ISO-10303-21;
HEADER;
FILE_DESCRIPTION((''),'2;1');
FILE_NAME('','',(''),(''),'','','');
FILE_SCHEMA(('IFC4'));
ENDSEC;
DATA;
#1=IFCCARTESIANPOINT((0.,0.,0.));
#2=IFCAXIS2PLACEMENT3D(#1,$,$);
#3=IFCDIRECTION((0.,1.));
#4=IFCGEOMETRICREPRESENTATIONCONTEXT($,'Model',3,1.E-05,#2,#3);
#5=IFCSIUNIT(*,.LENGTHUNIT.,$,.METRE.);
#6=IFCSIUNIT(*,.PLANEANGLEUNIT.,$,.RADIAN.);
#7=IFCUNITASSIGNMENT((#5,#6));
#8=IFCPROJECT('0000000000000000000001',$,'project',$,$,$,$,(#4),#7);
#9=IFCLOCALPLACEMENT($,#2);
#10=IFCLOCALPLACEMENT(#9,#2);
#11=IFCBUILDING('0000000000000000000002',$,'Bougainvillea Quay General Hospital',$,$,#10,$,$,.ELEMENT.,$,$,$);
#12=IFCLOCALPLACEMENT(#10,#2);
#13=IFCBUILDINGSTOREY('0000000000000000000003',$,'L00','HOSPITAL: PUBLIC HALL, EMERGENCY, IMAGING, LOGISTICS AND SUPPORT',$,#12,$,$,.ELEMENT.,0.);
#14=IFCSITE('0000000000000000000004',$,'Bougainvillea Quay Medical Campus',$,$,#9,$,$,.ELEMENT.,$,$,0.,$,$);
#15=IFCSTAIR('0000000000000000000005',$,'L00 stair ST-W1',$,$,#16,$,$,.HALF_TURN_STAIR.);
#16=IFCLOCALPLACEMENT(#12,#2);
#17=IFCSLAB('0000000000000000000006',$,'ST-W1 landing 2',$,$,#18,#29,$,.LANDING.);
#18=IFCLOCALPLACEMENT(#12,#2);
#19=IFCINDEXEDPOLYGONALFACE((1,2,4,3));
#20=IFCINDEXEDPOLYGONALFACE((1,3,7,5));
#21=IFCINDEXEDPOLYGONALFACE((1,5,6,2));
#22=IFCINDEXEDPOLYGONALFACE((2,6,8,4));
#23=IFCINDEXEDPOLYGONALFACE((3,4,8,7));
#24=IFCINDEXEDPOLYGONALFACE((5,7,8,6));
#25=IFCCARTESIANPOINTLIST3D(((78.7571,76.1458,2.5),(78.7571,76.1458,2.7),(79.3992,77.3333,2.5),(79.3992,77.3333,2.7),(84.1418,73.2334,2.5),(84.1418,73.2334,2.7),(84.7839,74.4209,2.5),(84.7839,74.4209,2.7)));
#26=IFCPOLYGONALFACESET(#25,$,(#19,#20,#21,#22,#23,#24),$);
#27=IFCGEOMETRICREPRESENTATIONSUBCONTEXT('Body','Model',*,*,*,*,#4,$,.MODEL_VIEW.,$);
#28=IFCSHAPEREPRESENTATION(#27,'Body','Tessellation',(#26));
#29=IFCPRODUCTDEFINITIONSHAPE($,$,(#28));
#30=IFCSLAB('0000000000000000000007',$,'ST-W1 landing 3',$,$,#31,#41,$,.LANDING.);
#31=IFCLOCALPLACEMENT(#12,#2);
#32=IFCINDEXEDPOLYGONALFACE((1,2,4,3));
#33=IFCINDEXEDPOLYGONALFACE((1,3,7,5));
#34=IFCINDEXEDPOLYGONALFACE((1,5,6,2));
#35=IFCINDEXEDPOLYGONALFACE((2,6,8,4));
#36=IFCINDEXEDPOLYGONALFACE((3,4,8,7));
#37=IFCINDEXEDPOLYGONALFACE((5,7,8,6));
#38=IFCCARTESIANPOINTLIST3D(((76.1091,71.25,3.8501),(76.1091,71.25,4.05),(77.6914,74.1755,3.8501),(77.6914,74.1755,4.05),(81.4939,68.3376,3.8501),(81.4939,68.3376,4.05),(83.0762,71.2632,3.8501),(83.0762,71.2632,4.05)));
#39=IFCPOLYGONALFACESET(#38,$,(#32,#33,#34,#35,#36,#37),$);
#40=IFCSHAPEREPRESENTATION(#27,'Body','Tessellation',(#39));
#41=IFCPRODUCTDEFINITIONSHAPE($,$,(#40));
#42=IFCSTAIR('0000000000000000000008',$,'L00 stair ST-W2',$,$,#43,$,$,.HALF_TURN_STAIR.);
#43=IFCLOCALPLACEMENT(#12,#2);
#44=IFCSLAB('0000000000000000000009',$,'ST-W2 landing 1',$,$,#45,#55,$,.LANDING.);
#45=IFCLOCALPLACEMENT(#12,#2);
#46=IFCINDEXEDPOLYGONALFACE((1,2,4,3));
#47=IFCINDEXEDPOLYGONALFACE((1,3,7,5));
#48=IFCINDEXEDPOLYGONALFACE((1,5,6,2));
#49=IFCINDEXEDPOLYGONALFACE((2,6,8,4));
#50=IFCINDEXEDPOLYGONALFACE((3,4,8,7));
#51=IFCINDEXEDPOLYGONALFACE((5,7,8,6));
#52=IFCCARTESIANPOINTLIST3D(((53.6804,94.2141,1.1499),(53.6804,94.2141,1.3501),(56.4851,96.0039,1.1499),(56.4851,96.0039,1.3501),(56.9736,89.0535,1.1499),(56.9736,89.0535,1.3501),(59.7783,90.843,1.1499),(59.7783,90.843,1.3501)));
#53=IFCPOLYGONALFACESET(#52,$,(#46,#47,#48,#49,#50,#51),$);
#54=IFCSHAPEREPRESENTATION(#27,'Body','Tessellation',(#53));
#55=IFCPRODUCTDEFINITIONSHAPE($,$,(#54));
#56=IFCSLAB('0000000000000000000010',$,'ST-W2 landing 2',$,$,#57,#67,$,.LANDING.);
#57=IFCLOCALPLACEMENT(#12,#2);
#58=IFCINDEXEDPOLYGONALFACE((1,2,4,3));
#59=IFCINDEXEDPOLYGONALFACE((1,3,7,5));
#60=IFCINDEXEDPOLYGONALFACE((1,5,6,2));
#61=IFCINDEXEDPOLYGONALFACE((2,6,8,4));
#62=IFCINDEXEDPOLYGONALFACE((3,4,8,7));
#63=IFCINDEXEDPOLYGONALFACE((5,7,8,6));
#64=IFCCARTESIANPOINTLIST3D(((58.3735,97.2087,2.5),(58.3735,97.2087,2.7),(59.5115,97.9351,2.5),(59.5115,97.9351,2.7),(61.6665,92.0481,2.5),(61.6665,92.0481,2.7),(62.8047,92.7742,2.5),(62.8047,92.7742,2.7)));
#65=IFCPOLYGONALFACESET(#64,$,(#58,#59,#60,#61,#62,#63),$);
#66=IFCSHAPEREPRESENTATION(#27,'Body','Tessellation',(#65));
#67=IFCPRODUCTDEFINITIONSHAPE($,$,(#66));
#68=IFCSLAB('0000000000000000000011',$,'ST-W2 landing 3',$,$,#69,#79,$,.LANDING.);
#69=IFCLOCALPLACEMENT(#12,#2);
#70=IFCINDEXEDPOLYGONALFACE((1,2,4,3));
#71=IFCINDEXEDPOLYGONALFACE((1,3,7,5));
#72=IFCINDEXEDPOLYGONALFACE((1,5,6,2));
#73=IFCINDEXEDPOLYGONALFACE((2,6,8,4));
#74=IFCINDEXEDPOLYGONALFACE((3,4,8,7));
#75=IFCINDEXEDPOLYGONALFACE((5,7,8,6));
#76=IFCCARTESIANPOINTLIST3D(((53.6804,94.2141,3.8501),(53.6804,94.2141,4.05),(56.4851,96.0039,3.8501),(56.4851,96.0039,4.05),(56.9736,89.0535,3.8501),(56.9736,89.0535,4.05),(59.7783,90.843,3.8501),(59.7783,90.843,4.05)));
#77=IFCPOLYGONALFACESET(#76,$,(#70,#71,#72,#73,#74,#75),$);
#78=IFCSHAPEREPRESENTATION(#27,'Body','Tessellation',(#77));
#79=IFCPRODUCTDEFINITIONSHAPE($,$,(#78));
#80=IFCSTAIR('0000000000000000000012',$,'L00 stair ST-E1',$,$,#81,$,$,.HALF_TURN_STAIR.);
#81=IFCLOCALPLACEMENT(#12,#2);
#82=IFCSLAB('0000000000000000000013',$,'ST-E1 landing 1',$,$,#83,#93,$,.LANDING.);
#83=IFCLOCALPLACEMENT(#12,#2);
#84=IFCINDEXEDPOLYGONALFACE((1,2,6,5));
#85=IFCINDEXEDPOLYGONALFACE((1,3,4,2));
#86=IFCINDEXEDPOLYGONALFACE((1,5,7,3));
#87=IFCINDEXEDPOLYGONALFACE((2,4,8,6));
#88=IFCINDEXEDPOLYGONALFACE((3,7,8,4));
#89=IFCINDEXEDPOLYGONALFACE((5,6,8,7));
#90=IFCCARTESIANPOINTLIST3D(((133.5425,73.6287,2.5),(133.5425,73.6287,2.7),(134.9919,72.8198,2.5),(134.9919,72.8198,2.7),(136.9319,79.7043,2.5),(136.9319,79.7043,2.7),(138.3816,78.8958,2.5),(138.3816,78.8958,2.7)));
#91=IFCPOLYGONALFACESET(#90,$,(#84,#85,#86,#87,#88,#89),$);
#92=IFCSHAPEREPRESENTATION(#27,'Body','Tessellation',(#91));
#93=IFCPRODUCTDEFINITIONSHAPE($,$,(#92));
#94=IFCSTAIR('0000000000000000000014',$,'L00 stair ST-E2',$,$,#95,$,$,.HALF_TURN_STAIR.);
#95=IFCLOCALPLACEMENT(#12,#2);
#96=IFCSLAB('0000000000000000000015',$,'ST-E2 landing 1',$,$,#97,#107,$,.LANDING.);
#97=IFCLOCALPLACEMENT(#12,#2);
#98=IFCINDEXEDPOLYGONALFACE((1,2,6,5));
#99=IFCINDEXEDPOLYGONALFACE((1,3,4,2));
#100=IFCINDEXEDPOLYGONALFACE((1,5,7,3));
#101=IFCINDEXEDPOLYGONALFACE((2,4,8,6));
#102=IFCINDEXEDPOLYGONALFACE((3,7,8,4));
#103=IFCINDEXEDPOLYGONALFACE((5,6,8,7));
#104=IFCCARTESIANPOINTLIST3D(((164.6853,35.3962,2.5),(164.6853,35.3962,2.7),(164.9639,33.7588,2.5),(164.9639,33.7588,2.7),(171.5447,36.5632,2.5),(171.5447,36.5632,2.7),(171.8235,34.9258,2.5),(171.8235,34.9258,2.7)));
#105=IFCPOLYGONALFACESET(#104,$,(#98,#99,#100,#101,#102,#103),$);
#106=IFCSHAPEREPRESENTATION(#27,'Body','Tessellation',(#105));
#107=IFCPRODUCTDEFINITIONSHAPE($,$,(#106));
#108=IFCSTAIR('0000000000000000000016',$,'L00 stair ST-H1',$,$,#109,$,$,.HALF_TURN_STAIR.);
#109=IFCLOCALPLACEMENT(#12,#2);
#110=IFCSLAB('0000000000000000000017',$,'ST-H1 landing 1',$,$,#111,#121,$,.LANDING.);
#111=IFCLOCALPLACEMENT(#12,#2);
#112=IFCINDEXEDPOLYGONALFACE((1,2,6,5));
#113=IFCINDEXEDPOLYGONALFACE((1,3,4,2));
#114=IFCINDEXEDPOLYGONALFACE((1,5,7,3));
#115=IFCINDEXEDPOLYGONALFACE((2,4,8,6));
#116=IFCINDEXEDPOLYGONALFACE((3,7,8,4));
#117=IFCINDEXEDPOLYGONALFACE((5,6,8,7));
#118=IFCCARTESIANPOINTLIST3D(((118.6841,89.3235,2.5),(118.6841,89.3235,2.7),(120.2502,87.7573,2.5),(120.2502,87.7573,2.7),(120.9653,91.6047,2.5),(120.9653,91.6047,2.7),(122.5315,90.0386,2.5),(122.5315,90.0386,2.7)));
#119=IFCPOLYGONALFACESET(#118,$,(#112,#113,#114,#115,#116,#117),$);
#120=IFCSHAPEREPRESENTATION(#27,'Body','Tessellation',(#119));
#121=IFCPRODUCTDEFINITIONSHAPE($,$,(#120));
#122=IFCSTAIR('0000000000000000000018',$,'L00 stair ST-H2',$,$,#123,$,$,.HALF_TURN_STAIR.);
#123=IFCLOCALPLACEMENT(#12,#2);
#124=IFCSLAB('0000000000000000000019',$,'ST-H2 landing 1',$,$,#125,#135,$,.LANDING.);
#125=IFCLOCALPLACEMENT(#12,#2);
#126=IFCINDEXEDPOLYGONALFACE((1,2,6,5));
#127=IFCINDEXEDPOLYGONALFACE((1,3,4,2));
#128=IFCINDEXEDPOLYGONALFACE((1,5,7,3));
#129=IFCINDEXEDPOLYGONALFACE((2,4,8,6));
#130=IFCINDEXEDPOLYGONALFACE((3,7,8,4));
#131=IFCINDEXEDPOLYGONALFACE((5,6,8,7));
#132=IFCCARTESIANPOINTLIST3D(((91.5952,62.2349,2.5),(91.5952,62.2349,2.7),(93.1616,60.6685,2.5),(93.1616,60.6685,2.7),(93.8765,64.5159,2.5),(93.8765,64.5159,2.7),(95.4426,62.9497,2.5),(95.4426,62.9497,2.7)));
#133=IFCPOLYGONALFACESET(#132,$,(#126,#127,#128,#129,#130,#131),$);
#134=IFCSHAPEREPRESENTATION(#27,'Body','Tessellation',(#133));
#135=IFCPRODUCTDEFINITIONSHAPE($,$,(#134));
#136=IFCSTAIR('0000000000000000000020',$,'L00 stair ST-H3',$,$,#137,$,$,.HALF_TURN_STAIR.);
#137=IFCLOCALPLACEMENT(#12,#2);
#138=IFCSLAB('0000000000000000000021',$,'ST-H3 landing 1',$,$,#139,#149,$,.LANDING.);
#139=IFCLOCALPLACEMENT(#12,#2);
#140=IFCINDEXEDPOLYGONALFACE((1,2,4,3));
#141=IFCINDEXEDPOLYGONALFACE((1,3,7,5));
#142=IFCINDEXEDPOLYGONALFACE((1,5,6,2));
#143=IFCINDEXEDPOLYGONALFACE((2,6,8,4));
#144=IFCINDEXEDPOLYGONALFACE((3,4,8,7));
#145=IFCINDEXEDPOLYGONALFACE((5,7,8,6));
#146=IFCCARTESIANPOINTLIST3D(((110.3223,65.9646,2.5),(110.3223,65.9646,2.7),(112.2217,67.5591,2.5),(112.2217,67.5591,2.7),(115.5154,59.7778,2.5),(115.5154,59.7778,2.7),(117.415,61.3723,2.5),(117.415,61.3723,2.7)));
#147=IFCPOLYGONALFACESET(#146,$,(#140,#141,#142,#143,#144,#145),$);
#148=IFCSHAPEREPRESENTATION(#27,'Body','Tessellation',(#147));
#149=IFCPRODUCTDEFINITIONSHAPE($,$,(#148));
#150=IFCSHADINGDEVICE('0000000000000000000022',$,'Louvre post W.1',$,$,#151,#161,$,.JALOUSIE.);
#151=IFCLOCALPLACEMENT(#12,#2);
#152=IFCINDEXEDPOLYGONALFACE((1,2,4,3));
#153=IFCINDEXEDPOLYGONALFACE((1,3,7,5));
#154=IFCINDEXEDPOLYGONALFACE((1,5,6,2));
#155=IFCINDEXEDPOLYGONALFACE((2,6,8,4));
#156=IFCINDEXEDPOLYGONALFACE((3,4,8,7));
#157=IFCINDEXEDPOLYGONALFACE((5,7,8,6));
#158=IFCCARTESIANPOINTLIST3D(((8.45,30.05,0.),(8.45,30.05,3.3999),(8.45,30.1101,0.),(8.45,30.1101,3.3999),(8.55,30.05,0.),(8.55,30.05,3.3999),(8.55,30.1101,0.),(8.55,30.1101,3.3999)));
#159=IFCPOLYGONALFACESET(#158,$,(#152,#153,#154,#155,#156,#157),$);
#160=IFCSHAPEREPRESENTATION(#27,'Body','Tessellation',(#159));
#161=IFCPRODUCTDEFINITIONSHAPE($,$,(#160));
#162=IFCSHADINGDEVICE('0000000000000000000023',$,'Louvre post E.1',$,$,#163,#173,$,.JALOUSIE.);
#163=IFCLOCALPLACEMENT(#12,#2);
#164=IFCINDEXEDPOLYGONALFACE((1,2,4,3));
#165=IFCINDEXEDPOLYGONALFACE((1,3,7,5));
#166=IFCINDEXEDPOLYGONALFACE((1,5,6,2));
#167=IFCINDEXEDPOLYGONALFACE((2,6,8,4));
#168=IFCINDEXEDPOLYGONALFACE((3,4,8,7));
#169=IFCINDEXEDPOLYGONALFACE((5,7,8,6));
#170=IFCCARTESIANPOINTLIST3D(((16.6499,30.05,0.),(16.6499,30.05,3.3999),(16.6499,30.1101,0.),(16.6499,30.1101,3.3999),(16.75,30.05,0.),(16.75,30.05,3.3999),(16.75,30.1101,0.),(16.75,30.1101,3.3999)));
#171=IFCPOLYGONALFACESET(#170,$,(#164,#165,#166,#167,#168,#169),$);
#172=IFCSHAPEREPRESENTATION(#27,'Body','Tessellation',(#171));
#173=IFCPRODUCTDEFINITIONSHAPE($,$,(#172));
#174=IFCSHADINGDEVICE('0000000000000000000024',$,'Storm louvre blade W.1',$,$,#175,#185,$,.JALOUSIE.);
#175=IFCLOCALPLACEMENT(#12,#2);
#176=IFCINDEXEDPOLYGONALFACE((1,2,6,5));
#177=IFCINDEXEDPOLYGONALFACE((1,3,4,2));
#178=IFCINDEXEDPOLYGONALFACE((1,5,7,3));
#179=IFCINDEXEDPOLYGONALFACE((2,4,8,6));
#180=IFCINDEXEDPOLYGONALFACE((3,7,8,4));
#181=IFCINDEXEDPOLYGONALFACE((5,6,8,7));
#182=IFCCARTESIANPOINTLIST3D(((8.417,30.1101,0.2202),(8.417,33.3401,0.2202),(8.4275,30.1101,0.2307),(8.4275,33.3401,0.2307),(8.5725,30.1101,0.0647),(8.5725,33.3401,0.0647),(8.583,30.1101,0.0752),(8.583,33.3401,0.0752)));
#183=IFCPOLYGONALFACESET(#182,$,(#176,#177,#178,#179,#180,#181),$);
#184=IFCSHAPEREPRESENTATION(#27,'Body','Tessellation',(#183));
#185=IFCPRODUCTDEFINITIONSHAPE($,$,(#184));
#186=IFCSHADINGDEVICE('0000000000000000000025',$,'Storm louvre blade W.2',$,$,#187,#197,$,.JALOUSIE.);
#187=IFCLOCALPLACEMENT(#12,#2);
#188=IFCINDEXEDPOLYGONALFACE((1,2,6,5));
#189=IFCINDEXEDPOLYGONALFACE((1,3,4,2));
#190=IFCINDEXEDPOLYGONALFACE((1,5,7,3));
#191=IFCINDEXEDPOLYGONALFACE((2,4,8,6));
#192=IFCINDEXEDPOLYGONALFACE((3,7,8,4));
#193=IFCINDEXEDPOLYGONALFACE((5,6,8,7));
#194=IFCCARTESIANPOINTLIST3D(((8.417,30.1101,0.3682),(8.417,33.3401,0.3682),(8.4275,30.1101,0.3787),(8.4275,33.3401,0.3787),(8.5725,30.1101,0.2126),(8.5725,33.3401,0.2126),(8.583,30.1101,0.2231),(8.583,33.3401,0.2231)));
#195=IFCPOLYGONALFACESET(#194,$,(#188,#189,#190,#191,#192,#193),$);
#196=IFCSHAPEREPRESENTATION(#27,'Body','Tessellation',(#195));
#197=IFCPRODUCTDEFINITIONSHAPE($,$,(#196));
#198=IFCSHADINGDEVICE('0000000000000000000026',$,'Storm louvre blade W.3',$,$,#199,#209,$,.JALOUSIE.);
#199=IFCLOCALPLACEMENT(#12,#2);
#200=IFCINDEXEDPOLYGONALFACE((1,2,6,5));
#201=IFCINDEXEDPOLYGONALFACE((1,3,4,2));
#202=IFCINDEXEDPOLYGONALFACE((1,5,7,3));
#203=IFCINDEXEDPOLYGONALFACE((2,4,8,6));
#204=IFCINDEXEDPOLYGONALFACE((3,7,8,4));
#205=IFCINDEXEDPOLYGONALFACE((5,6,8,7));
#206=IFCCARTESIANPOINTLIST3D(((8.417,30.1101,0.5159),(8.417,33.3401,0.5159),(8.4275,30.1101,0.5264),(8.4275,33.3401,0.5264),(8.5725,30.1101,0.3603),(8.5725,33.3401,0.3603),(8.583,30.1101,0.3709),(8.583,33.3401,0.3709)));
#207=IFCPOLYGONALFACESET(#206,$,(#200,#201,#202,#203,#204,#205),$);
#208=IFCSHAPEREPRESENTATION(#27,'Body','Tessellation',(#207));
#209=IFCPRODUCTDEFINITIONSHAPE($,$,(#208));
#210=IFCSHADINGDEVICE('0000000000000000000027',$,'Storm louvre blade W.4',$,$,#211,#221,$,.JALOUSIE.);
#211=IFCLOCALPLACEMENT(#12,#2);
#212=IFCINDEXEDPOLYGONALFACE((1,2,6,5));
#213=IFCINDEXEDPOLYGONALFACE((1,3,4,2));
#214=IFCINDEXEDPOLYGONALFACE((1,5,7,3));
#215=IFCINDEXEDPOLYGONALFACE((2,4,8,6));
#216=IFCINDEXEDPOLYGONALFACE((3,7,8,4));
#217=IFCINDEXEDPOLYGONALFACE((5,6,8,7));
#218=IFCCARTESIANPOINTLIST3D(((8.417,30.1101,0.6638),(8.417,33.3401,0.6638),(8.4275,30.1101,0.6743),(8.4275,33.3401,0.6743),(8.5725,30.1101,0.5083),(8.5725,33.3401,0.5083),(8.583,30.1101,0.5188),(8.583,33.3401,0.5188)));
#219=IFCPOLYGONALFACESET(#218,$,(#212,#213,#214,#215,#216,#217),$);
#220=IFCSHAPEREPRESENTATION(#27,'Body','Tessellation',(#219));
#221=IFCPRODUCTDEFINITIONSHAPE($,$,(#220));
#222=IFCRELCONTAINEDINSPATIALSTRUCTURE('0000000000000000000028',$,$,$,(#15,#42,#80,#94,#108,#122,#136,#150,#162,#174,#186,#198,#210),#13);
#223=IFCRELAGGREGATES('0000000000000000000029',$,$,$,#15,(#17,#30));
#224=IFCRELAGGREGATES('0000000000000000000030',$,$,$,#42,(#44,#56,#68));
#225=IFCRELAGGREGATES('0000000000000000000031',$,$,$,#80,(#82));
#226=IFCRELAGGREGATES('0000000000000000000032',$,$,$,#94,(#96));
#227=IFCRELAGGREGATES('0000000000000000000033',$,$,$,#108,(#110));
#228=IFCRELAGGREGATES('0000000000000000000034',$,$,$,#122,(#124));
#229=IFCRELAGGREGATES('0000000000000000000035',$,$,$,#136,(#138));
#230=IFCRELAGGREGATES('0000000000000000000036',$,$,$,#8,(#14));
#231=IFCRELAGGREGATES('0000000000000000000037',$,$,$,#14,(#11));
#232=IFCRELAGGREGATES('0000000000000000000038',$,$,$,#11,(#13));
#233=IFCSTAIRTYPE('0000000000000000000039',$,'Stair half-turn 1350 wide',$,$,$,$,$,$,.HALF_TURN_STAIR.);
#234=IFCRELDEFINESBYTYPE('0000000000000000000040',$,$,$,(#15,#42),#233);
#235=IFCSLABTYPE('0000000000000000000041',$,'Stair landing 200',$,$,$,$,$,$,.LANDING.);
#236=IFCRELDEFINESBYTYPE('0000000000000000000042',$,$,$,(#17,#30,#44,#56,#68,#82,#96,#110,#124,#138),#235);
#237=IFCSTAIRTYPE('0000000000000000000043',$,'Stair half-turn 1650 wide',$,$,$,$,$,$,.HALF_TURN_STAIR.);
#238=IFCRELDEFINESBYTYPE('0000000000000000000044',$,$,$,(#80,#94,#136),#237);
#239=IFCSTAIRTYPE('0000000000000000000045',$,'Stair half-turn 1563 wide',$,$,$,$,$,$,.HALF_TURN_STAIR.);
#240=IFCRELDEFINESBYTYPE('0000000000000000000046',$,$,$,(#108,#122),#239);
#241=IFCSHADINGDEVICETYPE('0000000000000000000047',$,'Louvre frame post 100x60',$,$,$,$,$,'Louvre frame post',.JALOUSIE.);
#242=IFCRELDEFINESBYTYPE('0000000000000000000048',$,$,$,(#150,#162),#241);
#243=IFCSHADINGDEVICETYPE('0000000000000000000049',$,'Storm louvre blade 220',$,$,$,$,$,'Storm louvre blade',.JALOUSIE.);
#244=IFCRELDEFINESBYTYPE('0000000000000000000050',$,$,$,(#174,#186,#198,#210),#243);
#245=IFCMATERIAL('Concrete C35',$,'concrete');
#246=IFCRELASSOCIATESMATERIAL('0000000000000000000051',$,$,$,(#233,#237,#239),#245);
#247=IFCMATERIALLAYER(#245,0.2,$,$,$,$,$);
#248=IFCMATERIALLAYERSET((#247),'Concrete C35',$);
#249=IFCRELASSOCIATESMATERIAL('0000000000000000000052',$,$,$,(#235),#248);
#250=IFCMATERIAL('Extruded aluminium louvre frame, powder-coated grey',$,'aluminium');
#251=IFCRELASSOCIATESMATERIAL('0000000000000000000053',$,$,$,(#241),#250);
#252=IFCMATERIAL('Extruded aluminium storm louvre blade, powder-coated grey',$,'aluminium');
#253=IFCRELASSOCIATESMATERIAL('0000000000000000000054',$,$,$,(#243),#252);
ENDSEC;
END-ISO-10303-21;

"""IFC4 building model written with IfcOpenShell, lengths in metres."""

from ifc_helpers import new_model, si_unit, direction, frame, origin, origin_2d, place, context, subcontext, project, spatial, polyline, rectangle, outline, extrude, material, layer, layer_set, material_profile, profile_set, type_object, element, aggregate, save


model = new_model("IFC4")

# Units and contexts
model_context = context("Model", 3, precision=1e-05, world=origin(), true_north=direction((0.0, 1.0)))
body_context = subcontext(model_context, "Body", "Model", "MODEL_VIEW")
ifc_project = project(units=[si_unit("LENGTHUNIT", "METRE"), si_unit("PLANEANGLEUNIT", "RADIAN")], contexts=[model_context])

# Site, building, storey
site_placement = place(None, origin())
site = spatial("IfcSite", under=ifc_project, at=site_placement, Name="Bougainvillea Quay Medical Campus", CompositionType="ELEMENT", RefElevation=0.0)
building_placement = place(site_placement, origin())
building = spatial("IfcBuilding", under=site, at=building_placement, Name="Bougainvillea Quay General Hospital", CompositionType="ELEMENT")
storey_placement = place(building_placement, origin())
storey = spatial("IfcBuildingStorey", under=building, at=storey_placement, Name="L00", Description="HOSPITAL: PUBLIC HALL, EMERGENCY, IMAGING, LOGISTICS AND SUPPORT", CompositionType="ELEMENT", Elevation=0.0)

# Stairs, slabs
ifc_material_1 = material(Name="Concrete C35", Category="concrete")
stair_type_1 = type_object("IfcStairType", Name="Stair half-turn 1350 wide", PredefinedType="HALF_TURN_STAIR", material=ifc_material_1)
stair_1_placement = place(storey_placement, origin())
stair_1 = element("IfcStair", 1, at=stair_1_placement, inside=storey, type_object=stair_type_1, Name="L00 stair ST-W1", PredefinedType="HALF_TURN_STAIR")
ifc_layer = layer(ifc_material_1, 0.2)
ifc_layer_set = layer_set([ifc_layer], Name="Concrete C35")
slab_type = type_object("IfcSlabType", Name="Stair landing 200", PredefinedType="LANDING", material=ifc_layer_set)
slab_1_placement = place(storey_placement, frame((0.0, 0.0, 2.5)))
slab_1 = element("IfcSlab", 2, at=slab_1_placement, type_object=slab_type, Name="ST-W1 landing 2", PredefinedType="LANDING", context=body_context, shape_type="SweptSolid", body=[
    extrude(outline(polyline([(79.3992, 77.3333), (78.7571, 76.1458), (84.1418, 73.2334), (84.7839, 74.4209), (79.3992, 77.3333)])), origin(), (0.0, 0.0, 1.0), 0.2),
])
slab_2_placement = place(storey_placement, frame((0.0, 0.0, 3.8501)))
slab_2 = element("IfcSlab", 3, at=slab_2_placement, type_object=slab_type, Name="ST-W1 landing 3", PredefinedType="LANDING", context=body_context, shape_type="SweptSolid", body=[
    extrude(outline(polyline([(77.6914, 74.1755), (76.1091, 71.25), (81.4939, 68.3376), (83.0762, 71.2632), (77.6914, 74.1755)])), origin(), (0.0, 0.0, 1.0), 0.2),
])
aggregate(stair_1, [slab_1, slab_2])
stair_2_placement = place(storey_placement, origin())
stair_2 = element("IfcStair", 4, at=stair_2_placement, inside=storey, type_object=stair_type_1, Name="L00 stair ST-W2", PredefinedType="HALF_TURN_STAIR")
slab_3_placement = place(storey_placement, frame((0.0, 0.0, 1.1499)))
slab_3 = element("IfcSlab", 5, at=slab_3_placement, type_object=slab_type, Name="ST-W2 landing 1", PredefinedType="LANDING", context=body_context, shape_type="SweptSolid", body=[
    extrude(outline(polyline([(56.4851, 96.0039), (53.6804, 94.2141), (56.9736, 89.0535), (59.7783, 90.843), (56.4851, 96.0039)])), origin(), (0.0, 0.0, 1.0), 0.2002),
])
slab_4_placement = place(storey_placement, frame((0.0, 0.0, 2.5)))
slab_4 = element("IfcSlab", 6, at=slab_4_placement, type_object=slab_type, Name="ST-W2 landing 2", PredefinedType="LANDING", context=body_context, shape_type="SweptSolid", body=[
    extrude(outline(polyline([(59.5115, 97.9351), (58.3735, 97.2087), (61.6665, 92.0481), (62.8047, 92.7742), (59.5115, 97.9351)])), origin(), (0.0, 0.0, 1.0), 0.2),
])
slab_5_placement = place(storey_placement, frame((0.0, 0.0, 3.8501)))
slab_5 = element("IfcSlab", 7, at=slab_5_placement, type_object=slab_type, Name="ST-W2 landing 3", PredefinedType="LANDING", context=body_context, shape_type="SweptSolid", body=[
    extrude(outline(polyline([(56.4851, 96.0039), (53.6804, 94.2141), (56.9736, 89.0535), (59.7783, 90.843), (56.4851, 96.0039)])), origin(), (0.0, 0.0, 1.0), 0.2),
])
aggregate(stair_2, [slab_3, slab_4, slab_5])

# Stairs, slabs
stair_type_2 = type_object("IfcStairType", Name="Stair half-turn 1650 wide", PredefinedType="HALF_TURN_STAIR", material=ifc_material_1)
stair_3_placement = place(storey_placement, origin())
stair_3 = element("IfcStair", 8, at=stair_3_placement, inside=storey, type_object=stair_type_2, Name="L00 stair ST-E1", PredefinedType="HALF_TURN_STAIR")
slab_6_placement = place(storey_placement, frame((0.0, 0.0, 2.5)))
slab_6 = element("IfcSlab", 9, at=slab_6_placement, type_object=slab_type, Name="ST-E1 landing 1", PredefinedType="LANDING", context=body_context, shape_type="SweptSolid", body=[
    extrude(outline(polyline([(138.3816, 78.8958), (136.9319, 79.7043), (133.5425, 73.6287), (134.9919, 72.8198), (138.3816, 78.8958)])), origin(), (0.0, 0.0, 1.0), 0.2),
])
aggregate(stair_3, [slab_6])
stair_4_placement = place(storey_placement, origin())
stair_4 = element("IfcStair", 10, at=stair_4_placement, inside=storey, type_object=stair_type_2, Name="L00 stair ST-E2", PredefinedType="HALF_TURN_STAIR")
slab_7_placement = place(storey_placement, frame((0.0, 0.0, 2.5)))
slab_7 = element("IfcSlab", 11, at=slab_7_placement, type_object=slab_type, Name="ST-E2 landing 1", PredefinedType="LANDING", context=body_context, shape_type="SweptSolid", body=[
    extrude(outline(polyline([(171.8235, 34.9258), (171.5447, 36.5632), (164.6853, 35.3962), (164.9639, 33.7588), (171.8235, 34.9258)])), origin(), (0.0, 0.0, 1.0), 0.2),
])
aggregate(stair_4, [slab_7])
stair_type_3 = type_object("IfcStairType", Name="Stair half-turn 1563 wide", PredefinedType="HALF_TURN_STAIR", material=ifc_material_1)
stair_5_placement = place(storey_placement, origin())
stair_5 = element("IfcStair", 12, at=stair_5_placement, inside=storey, type_object=stair_type_3, Name="L00 stair ST-H1", PredefinedType="HALF_TURN_STAIR")
slab_8_placement = place(storey_placement, frame((0.0, 0.0, 2.5)))
slab_8 = element("IfcSlab", 13, at=slab_8_placement, type_object=slab_type, Name="ST-H1 landing 1", PredefinedType="LANDING", context=body_context, shape_type="SweptSolid", body=[
    extrude(outline(polyline([(122.5315, 90.0386), (120.9653, 91.6047), (118.6841, 89.3235), (120.2502, 87.7573), (122.5315, 90.0386)])), origin(), (0.0, 0.0, 1.0), 0.2),
])
aggregate(stair_5, [slab_8])
stair_6_placement = place(storey_placement, origin())
stair_6 = element("IfcStair", 14, at=stair_6_placement, inside=storey, type_object=stair_type_3, Name="L00 stair ST-H2", PredefinedType="HALF_TURN_STAIR")
slab_9_placement = place(storey_placement, frame((0.0, 0.0, 2.5)))
slab_9 = element("IfcSlab", 15, at=slab_9_placement, type_object=slab_type, Name="ST-H2 landing 1", PredefinedType="LANDING", context=body_context, shape_type="SweptSolid", body=[
    extrude(outline(polyline([(95.4426, 62.9497), (93.8765, 64.5159), (91.5952, 62.2349), (93.1616, 60.6685), (95.4426, 62.9497)])), origin(), (0.0, 0.0, 1.0), 0.2),
])
aggregate(stair_6, [slab_9])
stair_7_placement = place(storey_placement, origin())
stair_7 = element("IfcStair", 16, at=stair_7_placement, inside=storey, type_object=stair_type_2, Name="L00 stair ST-H3", PredefinedType="HALF_TURN_STAIR")
slab_10_placement = place(storey_placement, frame((0.0, 0.0, 2.5)))
slab_10 = element("IfcSlab", 17, at=slab_10_placement, type_object=slab_type, Name="ST-H3 landing 1", PredefinedType="LANDING", context=body_context, shape_type="SweptSolid", body=[
    extrude(outline(polyline([(112.2217, 67.5591), (110.3223, 65.9646), (115.5154, 59.7778), (117.415, 61.3723), (112.2217, 67.5591)])), origin(), (0.0, 0.0, 1.0), 0.2),
])
aggregate(stair_7, [slab_10])

# Shading devices
ifc_material_2 = material(Name="Extruded aluminium louvre frame, powder-coated grey", Category="aluminium")
ifc_material_profile_1 = material_profile(ifc_material_2, rectangle(XDim=0.1001, YDim=0.0601, at=origin_2d()))
ifc_profile_set_1 = profile_set([ifc_material_profile_1], Name="Extruded aluminium louvre frame, powder-coated grey")
shading_device_type_1 = type_object("IfcShadingDeviceType", Name="Louvre frame post 100x60", ElementType="Louvre frame post", PredefinedType="JALOUSIE", material=ifc_profile_set_1)
for number, where, z_axis, x_axis, name in (
    (18, (8.5, 30.0801, 0.0), (0.0, 0.0, 1.0), (-1.0, 0.0, 0.0), "Louvre post W.1"),
    (19, (16.7, 30.0801, 0.0), (0.0, 0.0, 1.0), (-1.0, 0.0, 0.0), "Louvre post E.1"),
):
    element("IfcShadingDevice", number, at=place(storey_placement, frame(where, z_axis=z_axis, x_axis=x_axis)), inside=storey, type_object=shading_device_type_1, Name=name, PredefinedType="JALOUSIE", context=body_context, shape_type="SweptSolid", body=[
        extrude(rectangle(XDim=0.1001, YDim=0.0601, at=origin_2d()), origin(), (0.0, 0.0, 1.0), 3.3999),
    ])
ifc_material_3 = material(Name="Extruded aluminium storm louvre blade, powder-coated grey", Category="aluminium")
ifc_material_profile_2 = material_profile(ifc_material_3, rectangle(XDim=0.22, YDim=0.0149, at=origin_2d()))
ifc_profile_set_2 = profile_set([ifc_material_profile_2], Name="Extruded aluminium storm louvre blade, powder-coated grey")
shading_device_type_2 = type_object("IfcShadingDeviceType", Name="Storm louvre blade 220", ElementType="Storm louvre blade", PredefinedType="JALOUSIE", material=ifc_profile_set_2)
for number, where, z_axis, x_axis, name in (
    (20, (8.5, 30.1101, 0.1477), (0.0, 1.0, 0.0), (-0.707107, 0.0, 0.707107), "Storm louvre blade W.1"),
    (21, (8.5, 30.1101, 0.2957), (0.0, 1.0, 0.0), (-0.707107, 0.0, 0.707107), "Storm louvre blade W.2"),
    (22, (8.5, 30.1101, 0.4434), (0.0, 1.0, 0.0), (-0.707107, 0.0, 0.707107), "Storm louvre blade W.3"),
    (23, (8.5, 30.1101, 0.5913), (0.0, 1.0, 0.0), (-0.707107, 0.0, 0.707107), "Storm louvre blade W.4"),
):
    element("IfcShadingDevice", number, at=place(storey_placement, frame(where, z_axis=z_axis, x_axis=x_axis)), inside=storey, type_object=shading_device_type_2, Name=name, PredefinedType="JALOUSIE", context=body_context, shape_type="SweptSolid", body=[
        extrude(rectangle(XDim=0.22, YDim=0.0149, at=origin_2d()), origin(), (0.0, 0.0, 1.0), 3.23),
    ])

save(model, "model.ifc")
